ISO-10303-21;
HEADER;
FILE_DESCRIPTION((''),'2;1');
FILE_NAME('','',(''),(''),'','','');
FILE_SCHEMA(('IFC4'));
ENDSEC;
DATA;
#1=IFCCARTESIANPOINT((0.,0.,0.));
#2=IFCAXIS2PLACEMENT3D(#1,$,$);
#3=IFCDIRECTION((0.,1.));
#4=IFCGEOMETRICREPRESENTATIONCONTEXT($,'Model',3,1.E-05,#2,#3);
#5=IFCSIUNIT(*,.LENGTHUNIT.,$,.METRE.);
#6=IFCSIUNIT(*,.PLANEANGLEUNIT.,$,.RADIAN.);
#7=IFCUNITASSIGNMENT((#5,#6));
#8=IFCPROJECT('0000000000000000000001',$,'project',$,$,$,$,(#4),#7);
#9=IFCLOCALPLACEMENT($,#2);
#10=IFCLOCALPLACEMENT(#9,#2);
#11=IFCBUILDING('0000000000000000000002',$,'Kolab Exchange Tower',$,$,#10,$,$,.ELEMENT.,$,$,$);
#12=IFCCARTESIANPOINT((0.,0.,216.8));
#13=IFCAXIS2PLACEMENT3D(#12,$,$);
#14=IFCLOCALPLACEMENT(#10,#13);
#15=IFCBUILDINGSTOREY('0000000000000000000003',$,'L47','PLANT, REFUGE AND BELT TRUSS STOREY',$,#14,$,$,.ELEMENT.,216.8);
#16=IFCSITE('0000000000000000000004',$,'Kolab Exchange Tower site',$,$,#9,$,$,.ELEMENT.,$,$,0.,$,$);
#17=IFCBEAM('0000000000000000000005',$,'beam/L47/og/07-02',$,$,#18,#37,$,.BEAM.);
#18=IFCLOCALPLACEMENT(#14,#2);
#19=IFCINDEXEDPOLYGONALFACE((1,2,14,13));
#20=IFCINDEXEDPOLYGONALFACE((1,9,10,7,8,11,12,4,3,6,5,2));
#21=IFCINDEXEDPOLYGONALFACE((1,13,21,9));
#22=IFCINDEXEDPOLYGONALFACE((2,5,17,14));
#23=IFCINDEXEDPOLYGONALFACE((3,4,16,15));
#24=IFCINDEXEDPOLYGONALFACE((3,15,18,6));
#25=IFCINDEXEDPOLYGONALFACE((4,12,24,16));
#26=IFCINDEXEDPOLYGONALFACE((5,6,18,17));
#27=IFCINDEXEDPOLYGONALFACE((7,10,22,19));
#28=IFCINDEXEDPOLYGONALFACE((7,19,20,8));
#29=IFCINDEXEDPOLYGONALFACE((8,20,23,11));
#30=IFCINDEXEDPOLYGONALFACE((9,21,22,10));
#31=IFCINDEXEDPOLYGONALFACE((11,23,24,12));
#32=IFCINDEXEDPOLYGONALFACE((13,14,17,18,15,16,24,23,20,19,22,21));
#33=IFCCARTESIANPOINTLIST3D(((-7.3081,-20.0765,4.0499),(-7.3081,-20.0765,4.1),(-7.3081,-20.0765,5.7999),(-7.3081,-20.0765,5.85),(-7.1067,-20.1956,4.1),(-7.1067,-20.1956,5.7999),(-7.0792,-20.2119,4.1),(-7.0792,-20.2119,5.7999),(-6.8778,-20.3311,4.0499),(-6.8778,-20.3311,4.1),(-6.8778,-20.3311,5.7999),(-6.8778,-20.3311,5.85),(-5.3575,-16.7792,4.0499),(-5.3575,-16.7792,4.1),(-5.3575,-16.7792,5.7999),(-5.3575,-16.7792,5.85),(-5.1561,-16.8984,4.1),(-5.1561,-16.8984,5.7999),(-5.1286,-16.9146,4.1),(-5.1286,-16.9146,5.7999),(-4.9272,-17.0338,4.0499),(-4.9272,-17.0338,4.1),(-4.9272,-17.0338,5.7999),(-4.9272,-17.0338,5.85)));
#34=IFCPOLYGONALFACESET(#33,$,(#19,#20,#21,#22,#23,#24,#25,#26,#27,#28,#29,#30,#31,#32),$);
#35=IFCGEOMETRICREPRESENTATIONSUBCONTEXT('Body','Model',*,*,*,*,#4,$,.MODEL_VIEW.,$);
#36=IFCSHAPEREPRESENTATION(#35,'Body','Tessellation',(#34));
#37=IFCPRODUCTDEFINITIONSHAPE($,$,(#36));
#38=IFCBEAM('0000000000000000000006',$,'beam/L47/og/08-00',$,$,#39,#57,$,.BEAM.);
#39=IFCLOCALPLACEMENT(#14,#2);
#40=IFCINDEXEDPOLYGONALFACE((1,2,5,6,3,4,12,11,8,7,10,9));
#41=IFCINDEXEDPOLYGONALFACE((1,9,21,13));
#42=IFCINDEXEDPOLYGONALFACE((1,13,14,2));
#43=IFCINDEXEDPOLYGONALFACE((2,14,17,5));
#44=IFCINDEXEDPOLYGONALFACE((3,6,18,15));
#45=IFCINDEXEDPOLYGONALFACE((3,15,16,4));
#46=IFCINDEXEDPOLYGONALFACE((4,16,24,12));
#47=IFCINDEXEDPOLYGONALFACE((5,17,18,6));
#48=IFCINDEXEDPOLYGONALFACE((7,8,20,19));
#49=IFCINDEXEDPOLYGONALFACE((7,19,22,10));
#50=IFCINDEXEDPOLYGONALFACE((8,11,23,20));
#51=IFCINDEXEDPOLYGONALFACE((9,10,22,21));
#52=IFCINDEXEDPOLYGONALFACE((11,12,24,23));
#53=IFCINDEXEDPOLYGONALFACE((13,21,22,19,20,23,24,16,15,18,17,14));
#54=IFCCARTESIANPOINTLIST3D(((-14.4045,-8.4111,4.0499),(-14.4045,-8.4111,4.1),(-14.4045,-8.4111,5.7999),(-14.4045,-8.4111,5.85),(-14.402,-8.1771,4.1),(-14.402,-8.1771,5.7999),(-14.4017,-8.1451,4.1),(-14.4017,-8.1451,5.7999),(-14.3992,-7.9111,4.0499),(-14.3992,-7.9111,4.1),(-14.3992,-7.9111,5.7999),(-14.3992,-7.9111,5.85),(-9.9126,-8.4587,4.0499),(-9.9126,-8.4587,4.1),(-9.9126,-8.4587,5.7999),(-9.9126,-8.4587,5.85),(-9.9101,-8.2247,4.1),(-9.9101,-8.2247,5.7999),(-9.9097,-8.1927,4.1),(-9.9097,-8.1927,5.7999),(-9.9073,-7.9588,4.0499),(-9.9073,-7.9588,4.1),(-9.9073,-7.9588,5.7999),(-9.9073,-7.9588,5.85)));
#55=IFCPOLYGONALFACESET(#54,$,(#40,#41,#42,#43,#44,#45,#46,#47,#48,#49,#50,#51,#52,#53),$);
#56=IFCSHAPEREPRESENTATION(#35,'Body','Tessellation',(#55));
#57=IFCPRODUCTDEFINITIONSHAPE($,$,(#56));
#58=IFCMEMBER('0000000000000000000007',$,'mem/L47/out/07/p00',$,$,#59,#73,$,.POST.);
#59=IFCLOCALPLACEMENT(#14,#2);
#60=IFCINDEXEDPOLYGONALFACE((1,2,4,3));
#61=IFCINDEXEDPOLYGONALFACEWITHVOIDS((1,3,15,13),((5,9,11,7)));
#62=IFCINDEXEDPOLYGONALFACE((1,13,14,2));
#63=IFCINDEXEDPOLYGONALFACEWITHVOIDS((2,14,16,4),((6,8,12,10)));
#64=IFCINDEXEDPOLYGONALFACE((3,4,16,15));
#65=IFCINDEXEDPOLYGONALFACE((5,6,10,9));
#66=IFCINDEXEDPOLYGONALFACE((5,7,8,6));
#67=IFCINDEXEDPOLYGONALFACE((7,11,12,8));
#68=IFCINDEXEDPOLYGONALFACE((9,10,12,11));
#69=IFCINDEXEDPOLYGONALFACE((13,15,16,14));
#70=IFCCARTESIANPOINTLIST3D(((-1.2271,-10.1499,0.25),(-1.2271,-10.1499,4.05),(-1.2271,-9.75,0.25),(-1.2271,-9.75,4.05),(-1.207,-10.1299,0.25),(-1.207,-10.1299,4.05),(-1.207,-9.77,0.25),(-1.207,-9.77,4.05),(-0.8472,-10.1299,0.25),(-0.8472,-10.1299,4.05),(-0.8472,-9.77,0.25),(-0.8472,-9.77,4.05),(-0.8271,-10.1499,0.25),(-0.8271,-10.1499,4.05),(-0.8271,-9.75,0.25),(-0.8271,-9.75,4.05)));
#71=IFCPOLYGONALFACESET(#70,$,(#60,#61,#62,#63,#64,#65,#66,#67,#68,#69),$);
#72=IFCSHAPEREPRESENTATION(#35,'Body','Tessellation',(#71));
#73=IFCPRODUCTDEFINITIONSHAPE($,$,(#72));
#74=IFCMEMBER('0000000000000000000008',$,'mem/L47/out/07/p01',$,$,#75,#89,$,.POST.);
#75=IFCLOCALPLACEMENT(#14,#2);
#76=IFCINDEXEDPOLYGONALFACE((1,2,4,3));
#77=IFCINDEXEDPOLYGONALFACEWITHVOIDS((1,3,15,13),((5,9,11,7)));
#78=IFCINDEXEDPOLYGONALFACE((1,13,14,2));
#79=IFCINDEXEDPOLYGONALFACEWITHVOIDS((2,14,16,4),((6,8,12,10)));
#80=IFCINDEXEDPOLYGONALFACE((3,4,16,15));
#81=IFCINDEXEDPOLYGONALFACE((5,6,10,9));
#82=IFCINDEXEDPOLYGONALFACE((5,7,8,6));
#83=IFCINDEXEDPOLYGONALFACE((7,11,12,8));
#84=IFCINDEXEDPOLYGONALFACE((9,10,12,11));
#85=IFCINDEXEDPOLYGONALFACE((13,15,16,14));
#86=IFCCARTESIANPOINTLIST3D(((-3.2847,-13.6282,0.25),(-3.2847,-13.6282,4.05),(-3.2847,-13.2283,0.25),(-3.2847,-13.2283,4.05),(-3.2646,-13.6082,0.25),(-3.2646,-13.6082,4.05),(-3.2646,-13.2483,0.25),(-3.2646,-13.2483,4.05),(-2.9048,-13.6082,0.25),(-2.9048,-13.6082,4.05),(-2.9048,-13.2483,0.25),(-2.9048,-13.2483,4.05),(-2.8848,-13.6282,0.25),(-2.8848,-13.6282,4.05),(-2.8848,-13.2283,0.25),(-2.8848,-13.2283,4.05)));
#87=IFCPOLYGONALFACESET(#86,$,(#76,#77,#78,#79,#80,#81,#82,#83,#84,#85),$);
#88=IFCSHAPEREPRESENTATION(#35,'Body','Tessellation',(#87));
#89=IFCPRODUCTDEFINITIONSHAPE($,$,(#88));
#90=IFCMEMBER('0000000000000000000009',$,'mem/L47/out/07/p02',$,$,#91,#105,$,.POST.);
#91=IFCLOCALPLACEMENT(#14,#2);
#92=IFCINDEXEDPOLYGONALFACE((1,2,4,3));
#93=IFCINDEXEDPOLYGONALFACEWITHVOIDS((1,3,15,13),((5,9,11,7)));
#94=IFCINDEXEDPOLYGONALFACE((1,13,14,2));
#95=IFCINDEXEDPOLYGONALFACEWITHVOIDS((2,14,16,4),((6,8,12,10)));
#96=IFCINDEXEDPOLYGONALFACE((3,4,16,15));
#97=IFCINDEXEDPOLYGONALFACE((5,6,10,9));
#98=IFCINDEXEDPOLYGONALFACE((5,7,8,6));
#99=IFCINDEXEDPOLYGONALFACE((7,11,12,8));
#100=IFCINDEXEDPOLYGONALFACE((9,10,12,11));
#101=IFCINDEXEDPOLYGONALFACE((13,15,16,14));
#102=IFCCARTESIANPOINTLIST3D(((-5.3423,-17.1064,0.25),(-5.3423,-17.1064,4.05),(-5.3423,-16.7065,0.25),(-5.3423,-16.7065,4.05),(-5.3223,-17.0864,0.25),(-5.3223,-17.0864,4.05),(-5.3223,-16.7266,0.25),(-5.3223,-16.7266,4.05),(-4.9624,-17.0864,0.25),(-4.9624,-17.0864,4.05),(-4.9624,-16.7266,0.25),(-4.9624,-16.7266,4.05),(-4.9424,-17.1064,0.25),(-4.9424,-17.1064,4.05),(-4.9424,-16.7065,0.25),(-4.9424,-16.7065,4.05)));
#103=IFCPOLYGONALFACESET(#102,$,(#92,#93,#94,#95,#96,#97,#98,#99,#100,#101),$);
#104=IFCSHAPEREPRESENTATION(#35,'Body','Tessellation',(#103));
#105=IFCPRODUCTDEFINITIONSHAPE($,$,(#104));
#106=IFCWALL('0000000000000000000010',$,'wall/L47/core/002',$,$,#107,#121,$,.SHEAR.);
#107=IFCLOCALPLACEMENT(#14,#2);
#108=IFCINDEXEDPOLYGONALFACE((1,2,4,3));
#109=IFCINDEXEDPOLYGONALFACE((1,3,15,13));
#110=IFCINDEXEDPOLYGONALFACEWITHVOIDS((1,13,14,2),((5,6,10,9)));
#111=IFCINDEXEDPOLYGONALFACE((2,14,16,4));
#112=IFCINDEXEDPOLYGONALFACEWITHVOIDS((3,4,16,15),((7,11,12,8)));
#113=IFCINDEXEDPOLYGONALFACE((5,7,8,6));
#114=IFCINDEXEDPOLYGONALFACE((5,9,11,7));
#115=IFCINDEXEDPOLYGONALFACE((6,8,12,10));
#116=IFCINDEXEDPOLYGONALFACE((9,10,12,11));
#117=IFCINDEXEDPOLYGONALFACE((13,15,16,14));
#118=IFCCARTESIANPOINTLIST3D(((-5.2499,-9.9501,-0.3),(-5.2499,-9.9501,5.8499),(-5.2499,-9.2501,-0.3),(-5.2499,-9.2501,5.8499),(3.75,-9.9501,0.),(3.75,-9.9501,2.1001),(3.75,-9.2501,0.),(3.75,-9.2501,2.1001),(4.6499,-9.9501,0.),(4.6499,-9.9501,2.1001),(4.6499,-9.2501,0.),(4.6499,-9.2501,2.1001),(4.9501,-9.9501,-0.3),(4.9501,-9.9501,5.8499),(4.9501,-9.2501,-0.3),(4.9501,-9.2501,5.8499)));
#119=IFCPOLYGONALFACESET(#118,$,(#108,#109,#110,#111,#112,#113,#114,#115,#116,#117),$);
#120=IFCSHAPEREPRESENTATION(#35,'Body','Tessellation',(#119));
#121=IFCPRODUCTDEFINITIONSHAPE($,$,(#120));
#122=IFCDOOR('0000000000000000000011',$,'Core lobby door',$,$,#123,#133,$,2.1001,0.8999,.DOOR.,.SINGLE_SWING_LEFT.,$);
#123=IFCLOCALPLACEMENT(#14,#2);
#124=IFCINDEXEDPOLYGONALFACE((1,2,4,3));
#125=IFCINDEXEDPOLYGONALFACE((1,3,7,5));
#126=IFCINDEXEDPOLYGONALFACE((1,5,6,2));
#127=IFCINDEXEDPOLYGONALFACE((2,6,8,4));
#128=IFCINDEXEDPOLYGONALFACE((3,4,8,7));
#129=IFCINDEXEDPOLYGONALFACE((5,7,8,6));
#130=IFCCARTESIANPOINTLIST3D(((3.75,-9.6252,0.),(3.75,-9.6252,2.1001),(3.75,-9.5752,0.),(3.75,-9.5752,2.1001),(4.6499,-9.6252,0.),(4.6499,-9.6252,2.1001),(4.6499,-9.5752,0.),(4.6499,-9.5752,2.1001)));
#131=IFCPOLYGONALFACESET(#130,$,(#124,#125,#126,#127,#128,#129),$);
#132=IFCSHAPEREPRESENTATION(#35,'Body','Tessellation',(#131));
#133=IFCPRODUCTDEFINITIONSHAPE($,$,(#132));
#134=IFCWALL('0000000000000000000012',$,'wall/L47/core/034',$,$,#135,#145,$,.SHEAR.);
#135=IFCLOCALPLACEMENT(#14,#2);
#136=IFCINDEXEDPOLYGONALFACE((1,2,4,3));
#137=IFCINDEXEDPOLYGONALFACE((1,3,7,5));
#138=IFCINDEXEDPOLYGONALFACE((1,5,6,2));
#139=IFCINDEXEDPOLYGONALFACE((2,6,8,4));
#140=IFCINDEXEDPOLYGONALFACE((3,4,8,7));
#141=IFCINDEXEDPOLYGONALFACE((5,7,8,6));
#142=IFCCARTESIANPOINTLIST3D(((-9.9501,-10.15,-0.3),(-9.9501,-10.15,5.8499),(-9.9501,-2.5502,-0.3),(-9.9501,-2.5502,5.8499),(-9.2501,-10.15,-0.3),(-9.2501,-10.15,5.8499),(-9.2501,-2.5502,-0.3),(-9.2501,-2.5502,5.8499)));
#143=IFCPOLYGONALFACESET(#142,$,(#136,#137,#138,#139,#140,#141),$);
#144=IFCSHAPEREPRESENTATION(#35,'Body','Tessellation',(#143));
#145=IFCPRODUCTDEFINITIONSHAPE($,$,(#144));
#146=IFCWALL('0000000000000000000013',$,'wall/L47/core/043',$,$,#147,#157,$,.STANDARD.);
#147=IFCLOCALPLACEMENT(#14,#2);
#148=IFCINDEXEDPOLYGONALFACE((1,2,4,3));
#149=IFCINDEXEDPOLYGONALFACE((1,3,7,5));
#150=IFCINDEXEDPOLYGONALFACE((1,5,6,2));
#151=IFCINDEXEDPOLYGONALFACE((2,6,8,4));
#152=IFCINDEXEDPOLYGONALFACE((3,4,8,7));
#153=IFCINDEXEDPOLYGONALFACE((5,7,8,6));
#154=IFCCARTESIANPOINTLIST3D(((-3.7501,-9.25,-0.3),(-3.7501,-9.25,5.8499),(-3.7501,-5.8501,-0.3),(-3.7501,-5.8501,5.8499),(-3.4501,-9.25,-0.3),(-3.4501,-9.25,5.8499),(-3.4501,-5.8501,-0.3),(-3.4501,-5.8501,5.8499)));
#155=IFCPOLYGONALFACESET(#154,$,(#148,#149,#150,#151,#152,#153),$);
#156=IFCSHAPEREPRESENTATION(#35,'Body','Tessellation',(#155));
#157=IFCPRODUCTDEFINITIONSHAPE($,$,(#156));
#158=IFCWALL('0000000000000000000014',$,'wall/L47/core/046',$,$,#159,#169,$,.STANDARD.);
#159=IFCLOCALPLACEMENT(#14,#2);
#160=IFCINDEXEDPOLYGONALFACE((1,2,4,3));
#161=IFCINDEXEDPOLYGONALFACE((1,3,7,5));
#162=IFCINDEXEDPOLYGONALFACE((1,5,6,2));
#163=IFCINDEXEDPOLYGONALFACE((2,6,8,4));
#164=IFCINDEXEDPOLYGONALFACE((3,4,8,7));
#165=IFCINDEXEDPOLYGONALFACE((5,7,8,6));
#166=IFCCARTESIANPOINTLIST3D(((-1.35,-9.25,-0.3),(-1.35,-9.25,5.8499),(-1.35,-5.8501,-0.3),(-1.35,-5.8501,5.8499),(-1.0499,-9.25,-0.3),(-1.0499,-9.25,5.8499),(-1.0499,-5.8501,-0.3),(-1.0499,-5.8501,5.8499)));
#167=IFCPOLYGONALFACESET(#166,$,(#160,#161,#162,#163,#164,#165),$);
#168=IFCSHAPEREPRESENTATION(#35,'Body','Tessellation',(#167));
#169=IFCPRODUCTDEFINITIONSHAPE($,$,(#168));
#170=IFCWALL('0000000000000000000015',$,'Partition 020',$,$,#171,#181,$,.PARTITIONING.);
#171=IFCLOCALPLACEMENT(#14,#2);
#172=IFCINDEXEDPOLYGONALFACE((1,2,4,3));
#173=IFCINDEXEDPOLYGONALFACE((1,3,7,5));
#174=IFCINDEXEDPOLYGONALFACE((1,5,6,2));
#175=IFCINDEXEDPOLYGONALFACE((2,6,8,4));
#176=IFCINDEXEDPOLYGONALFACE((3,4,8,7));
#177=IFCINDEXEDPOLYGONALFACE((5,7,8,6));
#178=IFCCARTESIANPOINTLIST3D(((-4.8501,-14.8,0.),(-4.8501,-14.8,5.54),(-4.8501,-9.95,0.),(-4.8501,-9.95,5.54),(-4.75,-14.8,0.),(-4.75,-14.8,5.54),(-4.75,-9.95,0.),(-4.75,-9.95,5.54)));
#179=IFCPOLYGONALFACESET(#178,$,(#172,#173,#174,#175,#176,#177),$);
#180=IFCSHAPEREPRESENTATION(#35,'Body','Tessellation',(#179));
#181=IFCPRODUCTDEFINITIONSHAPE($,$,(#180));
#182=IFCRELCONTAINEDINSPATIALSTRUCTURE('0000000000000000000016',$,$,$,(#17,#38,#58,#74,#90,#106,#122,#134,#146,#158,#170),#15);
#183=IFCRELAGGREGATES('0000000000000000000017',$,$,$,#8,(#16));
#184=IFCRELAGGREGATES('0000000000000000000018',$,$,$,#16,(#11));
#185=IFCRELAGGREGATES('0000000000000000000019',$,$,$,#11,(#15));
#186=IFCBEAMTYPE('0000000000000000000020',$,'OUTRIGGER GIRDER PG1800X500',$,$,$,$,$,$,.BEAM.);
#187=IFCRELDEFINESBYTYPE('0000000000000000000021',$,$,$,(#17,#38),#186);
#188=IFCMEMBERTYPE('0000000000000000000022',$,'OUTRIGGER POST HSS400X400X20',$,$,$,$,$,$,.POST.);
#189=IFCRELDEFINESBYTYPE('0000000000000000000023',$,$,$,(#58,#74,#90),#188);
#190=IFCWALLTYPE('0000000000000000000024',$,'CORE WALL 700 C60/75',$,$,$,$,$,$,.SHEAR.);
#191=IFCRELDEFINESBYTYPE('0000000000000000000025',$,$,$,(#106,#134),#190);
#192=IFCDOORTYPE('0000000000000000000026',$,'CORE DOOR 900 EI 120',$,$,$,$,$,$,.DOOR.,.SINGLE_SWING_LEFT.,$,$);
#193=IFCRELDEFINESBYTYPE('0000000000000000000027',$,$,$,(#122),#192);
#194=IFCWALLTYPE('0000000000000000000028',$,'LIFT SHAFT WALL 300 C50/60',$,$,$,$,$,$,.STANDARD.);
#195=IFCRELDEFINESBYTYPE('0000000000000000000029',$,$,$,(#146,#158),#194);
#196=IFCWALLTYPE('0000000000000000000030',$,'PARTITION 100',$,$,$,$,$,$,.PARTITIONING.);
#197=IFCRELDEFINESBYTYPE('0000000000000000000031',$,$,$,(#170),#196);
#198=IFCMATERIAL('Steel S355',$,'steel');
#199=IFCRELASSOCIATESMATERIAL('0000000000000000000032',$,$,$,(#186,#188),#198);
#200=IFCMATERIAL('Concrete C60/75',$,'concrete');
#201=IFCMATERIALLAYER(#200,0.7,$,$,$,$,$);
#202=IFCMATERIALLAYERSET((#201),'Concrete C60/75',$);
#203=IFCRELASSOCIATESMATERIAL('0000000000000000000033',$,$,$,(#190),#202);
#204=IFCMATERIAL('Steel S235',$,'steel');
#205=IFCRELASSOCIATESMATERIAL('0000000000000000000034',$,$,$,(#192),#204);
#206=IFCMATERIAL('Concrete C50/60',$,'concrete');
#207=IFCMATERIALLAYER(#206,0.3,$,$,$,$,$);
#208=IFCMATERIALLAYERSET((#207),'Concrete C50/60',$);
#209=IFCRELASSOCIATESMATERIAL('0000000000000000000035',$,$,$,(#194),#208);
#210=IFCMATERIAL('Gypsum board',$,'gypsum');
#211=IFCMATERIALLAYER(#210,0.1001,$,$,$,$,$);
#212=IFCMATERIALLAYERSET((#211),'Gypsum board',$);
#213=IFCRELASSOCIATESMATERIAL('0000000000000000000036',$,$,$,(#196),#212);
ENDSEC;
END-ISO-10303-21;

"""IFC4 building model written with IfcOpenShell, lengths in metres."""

from ifc_helpers import new_model, si_unit, direction, frame, frame_2d, origin, origin_2d, place, context, subcontext, project, spatial, rectangle, hollow_rectangle, i_section, extrude, material, layer, layer_set, material_profile, profile_set, type_object, element, fill, save


model = new_model("IFC4")

# Units and contexts
model_context = context("Model", 3, precision=1e-05, world=origin(), true_north=direction((0.0, 1.0)))
body_context = subcontext(model_context, "Body", "Model", "MODEL_VIEW")
ifc_project = project(units=[si_unit("LENGTHUNIT", "METRE"), si_unit("PLANEANGLEUNIT", "RADIAN")], contexts=[model_context])

# Site, building, storey
site_placement = place(None, origin())
site = spatial("IfcSite", under=ifc_project, at=site_placement, Name="Kolab Exchange Tower site", CompositionType="ELEMENT", RefElevation=0.0)
building_placement = place(site_placement, origin())
building = spatial("IfcBuilding", under=site, at=building_placement, Name="Kolab Exchange Tower", CompositionType="ELEMENT")
storey_placement = place(building_placement, frame((0.0, 0.0, 216.8)))
storey = spatial("IfcBuildingStorey", under=building, at=storey_placement, Name="L47", Description="PLANT, REFUGE AND BELT TRUSS STOREY", CompositionType="ELEMENT", Elevation=216.8)

# Shared definitions
ifc_material_1 = material(Name="Steel S355", Category="steel")

# Beams
ifc_material_profile_1 = material_profile(ifc_material_1, i_section(OverallWidth=0.5, OverallDepth=1.8, WebThickness=0.032, FlangeThickness=0.05, at=origin_2d()), Name="PG1800X500")
ifc_profile_set_1 = profile_set([ifc_material_profile_1], Name="Steel S355")
beam_type = type_object("IfcBeamType", Name="OUTRIGGER GIRDER PG1800X500", PredefinedType="BEAM", material=ifc_profile_set_1)
beam_1_placement = place(storey_placement, frame((-5.1423, -16.9065, 4.95), z_axis=(-0.509163, -0.86067, 0.0), x_axis=(0.86067, -0.509163, 0.0)))
element("IfcBeam", 1, at=beam_1_placement, inside=storey, type_object=beam_type, Name="beam/L47/og/07-02", PredefinedType="BEAM", context=body_context, shape_type="SweptSolid", body=[
    extrude(i_section(OverallWidth=0.5, OverallDepth=1.8, WebThickness=0.032, FlangeThickness=0.05, at=origin_2d()), origin(), (0.0, 0.0, 1.0), 3.8311),
])
beam_2_placement = place(storey_placement, frame((-9.9099, -8.2087, 4.95), z_axis=(-0.999944, 0.010598, 0.0), x_axis=(-0.010598, -0.999944, 0.0)))
element("IfcBeam", 2, at=beam_2_placement, inside=storey, type_object=beam_type, Name="beam/L47/og/08-00", PredefinedType="BEAM", context=body_context, shape_type="SweptSolid", body=[
    extrude(i_section(OverallWidth=0.5, OverallDepth=1.8, WebThickness=0.032, FlangeThickness=0.05, at=origin_2d()), origin(), (0.0, 0.0, 1.0), 4.4922),
])

# Members
ifc_material_profile_2 = material_profile(ifc_material_1, hollow_rectangle(XDim=0.3999, YDim=0.3999, WallThickness=0.02, at=origin_2d()), Name="HSS400X400X20")
ifc_profile_set_2 = profile_set([ifc_material_profile_2], Name="Steel S355")
member_type_1 = type_object("IfcMemberType", Name="OUTRIGGER POST HSS400X400X20", PredefinedType="POST", material=ifc_profile_set_2)
for number, where, z_axis, x_axis, name in (
    (3, (-1.0271, -9.95, 0.25), (0.0, 0.0, 1.0), (1.0, 0.0, 0.0), "mem/L47/out/07/p00"),
    (4, (-3.0847, -13.4282, 0.25), (0.0, 0.0, 1.0), (1.0, 0.0, 0.0), "mem/L47/out/07/p01"),
    (5, (-5.1423, -16.9065, 0.25), (0.0, 0.0, 1.0), (1.0, 0.0, 0.0), "mem/L47/out/07/p02"),
):
    element("IfcMember", number, at=place(storey_placement, frame(where, z_axis=z_axis, x_axis=x_axis)), inside=storey, type_object=member_type_1, Name=name, PredefinedType="POST", context=body_context, shape_type="SweptSolid", body=[
        extrude(hollow_rectangle(XDim=0.3999, YDim=0.3999, WallThickness=0.02, at=origin_2d()), origin(), (0.0, 0.0, 1.0), 3.8),
    ])

# Wall, opening, door
ifc_material_2 = material(Name="Concrete C60/75", Category="concrete")
ifc_layer_1 = layer(ifc_material_2, 0.7)
ifc_layer_set_1 = layer_set([ifc_layer_1], Name="Concrete C60/75")
wall_type_1 = type_object("IfcWallType", Name="CORE WALL 700 C60/75", PredefinedType="SHEAR", material=ifc_layer_set_1)
wall_1_placement = place(storey_placement, frame((-5.25, -9.6001, -0.3), z_axis=(0.0, 0.0, 1.0), x_axis=(1.0, 0.0, 0.0)))
wall_1 = element("IfcWall", 6, at=wall_1_placement, inside=storey, type_object=wall_type_1, Name="wall/L47/core/002", PredefinedType="SHEAR", context=body_context, shape_type="SweptSolid", body=[
    extrude(rectangle(XDim=10.2, YDim=0.7, at=frame_2d((5.1001, 0.0))), origin(), (0.0, 0.0, 1.0), 6.1499),
])
opening_1_placement = place(wall_1_placement, frame((9.0, 0.0, 0.3)))
opening_1 = element("IfcOpeningElement", 7, at=opening_1_placement, cuts=wall_1, PredefinedType="OPENING", context=body_context, shape_type="SweptSolid", body=[
    extrude(rectangle(XDim=0.8999, YDim=2.1001, at=frame_2d((0.45, 1.05))), frame((0.0, 0.3599, 0.0), z_axis=(0.0, -1.0, 0.0), x_axis=(1.0, 0.0, 0.0)), (0.0, 0.0, 1.0), 0.72),
])
ifc_material_3 = material(Name="Steel S235", Category="steel")
door_type_1 = type_object("IfcDoorType", Name="CORE DOOR 900 EI 120", OperationType="SINGLE_SWING_LEFT", PredefinedType="DOOR", material=ifc_material_3)
door_1_placement = place(opening_1_placement, origin())
door_1 = element("IfcDoor", 8, at=door_1_placement, inside=storey, type_object=door_type_1, Name="Core lobby door", OperationType="SINGLE_SWING_LEFT", OverallHeight=2.1001, OverallWidth=0.8999, PredefinedType="DOOR", context=body_context, shape_type="SweptSolid", body=[
    extrude(rectangle(XDim=0.8999, YDim=2.1001, at=frame_2d((0.45, 1.05))), frame((0.0, 0.0249, 0.0), z_axis=(0.0, -1.0, 0.0), x_axis=(1.0, 0.0, 0.0)), (0.0, 0.0, 1.0), 0.05),
])
fill(opening_1, door_1)

# Walls
wall_2_placement = place(storey_placement, frame((-9.6001, -10.1499, -0.3), z_axis=(0.0, 0.0, 1.0), x_axis=(0.0, 1.0, 0.0)))
element("IfcWall", 9, at=wall_2_placement, inside=storey, type_object=wall_type_1, Name="wall/L47/core/034", PredefinedType="SHEAR", context=body_context, shape_type="SweptSolid", body=[
    extrude(rectangle(XDim=7.5999, YDim=0.7, at=frame_2d((3.7998, 0.0))), origin(), (0.0, 0.0, 1.0), 6.1499),
])
ifc_material_4 = material(Name="Concrete C50/60", Category="concrete")
ifc_layer_2 = layer(ifc_material_4, 0.3)
ifc_layer_set_2 = layer_set([ifc_layer_2], Name="Concrete C50/60")
wall_type_2 = type_object("IfcWallType", Name="LIFT SHAFT WALL 300 C50/60", PredefinedType="STANDARD", material=ifc_layer_set_2)
for number, where, z_axis, x_axis, name in (
    (10, (-3.6001, -9.25, -0.3), (0.0, 0.0, 1.0), (0.0, 1.0, 0.0), "wall/L47/core/043"),
    (11, (-1.2, -9.25, -0.3), (0.0, 0.0, 1.0), (0.0, 1.0, 0.0), "wall/L47/core/046"),
):
    element("IfcWall", number, at=place(storey_placement, frame(where, z_axis=z_axis, x_axis=x_axis)), inside=storey, type_object=wall_type_2, Name=name, PredefinedType="STANDARD", context=body_context, shape_type="SweptSolid", body=[
        extrude(rectangle(XDim=3.3999, YDim=0.3, at=frame_2d((1.7, 0.0))), origin(), (0.0, 0.0, 1.0), 6.1499),
    ])
ifc_material_5 = material(Name="Gypsum board", Category="gypsum")
ifc_layer_3 = layer(ifc_material_5, 0.1001)
ifc_layer_set_3 = layer_set([ifc_layer_3], Name="Gypsum board")
wall_type_3 = type_object("IfcWallType", Name="PARTITION 100", PredefinedType="PARTITIONING", material=ifc_layer_set_3)
wall_3_placement = place(storey_placement, frame((-4.8, -14.8, 0.0), z_axis=(0.0, 0.0, 1.0), x_axis=(0.0, 1.0, 0.0)))
element("IfcWall", 12, at=wall_3_placement, inside=storey, type_object=wall_type_3, Name="Partition 020", PredefinedType="PARTITIONING", context=body_context, shape_type="SweptSolid", body=[
    extrude(rectangle(XDim=4.8501, YDim=0.1001, at=frame_2d((2.425, 0.0))), origin(), (0.0, 0.0, 1.0), 5.54),
])

save(model, "model.ifc")
